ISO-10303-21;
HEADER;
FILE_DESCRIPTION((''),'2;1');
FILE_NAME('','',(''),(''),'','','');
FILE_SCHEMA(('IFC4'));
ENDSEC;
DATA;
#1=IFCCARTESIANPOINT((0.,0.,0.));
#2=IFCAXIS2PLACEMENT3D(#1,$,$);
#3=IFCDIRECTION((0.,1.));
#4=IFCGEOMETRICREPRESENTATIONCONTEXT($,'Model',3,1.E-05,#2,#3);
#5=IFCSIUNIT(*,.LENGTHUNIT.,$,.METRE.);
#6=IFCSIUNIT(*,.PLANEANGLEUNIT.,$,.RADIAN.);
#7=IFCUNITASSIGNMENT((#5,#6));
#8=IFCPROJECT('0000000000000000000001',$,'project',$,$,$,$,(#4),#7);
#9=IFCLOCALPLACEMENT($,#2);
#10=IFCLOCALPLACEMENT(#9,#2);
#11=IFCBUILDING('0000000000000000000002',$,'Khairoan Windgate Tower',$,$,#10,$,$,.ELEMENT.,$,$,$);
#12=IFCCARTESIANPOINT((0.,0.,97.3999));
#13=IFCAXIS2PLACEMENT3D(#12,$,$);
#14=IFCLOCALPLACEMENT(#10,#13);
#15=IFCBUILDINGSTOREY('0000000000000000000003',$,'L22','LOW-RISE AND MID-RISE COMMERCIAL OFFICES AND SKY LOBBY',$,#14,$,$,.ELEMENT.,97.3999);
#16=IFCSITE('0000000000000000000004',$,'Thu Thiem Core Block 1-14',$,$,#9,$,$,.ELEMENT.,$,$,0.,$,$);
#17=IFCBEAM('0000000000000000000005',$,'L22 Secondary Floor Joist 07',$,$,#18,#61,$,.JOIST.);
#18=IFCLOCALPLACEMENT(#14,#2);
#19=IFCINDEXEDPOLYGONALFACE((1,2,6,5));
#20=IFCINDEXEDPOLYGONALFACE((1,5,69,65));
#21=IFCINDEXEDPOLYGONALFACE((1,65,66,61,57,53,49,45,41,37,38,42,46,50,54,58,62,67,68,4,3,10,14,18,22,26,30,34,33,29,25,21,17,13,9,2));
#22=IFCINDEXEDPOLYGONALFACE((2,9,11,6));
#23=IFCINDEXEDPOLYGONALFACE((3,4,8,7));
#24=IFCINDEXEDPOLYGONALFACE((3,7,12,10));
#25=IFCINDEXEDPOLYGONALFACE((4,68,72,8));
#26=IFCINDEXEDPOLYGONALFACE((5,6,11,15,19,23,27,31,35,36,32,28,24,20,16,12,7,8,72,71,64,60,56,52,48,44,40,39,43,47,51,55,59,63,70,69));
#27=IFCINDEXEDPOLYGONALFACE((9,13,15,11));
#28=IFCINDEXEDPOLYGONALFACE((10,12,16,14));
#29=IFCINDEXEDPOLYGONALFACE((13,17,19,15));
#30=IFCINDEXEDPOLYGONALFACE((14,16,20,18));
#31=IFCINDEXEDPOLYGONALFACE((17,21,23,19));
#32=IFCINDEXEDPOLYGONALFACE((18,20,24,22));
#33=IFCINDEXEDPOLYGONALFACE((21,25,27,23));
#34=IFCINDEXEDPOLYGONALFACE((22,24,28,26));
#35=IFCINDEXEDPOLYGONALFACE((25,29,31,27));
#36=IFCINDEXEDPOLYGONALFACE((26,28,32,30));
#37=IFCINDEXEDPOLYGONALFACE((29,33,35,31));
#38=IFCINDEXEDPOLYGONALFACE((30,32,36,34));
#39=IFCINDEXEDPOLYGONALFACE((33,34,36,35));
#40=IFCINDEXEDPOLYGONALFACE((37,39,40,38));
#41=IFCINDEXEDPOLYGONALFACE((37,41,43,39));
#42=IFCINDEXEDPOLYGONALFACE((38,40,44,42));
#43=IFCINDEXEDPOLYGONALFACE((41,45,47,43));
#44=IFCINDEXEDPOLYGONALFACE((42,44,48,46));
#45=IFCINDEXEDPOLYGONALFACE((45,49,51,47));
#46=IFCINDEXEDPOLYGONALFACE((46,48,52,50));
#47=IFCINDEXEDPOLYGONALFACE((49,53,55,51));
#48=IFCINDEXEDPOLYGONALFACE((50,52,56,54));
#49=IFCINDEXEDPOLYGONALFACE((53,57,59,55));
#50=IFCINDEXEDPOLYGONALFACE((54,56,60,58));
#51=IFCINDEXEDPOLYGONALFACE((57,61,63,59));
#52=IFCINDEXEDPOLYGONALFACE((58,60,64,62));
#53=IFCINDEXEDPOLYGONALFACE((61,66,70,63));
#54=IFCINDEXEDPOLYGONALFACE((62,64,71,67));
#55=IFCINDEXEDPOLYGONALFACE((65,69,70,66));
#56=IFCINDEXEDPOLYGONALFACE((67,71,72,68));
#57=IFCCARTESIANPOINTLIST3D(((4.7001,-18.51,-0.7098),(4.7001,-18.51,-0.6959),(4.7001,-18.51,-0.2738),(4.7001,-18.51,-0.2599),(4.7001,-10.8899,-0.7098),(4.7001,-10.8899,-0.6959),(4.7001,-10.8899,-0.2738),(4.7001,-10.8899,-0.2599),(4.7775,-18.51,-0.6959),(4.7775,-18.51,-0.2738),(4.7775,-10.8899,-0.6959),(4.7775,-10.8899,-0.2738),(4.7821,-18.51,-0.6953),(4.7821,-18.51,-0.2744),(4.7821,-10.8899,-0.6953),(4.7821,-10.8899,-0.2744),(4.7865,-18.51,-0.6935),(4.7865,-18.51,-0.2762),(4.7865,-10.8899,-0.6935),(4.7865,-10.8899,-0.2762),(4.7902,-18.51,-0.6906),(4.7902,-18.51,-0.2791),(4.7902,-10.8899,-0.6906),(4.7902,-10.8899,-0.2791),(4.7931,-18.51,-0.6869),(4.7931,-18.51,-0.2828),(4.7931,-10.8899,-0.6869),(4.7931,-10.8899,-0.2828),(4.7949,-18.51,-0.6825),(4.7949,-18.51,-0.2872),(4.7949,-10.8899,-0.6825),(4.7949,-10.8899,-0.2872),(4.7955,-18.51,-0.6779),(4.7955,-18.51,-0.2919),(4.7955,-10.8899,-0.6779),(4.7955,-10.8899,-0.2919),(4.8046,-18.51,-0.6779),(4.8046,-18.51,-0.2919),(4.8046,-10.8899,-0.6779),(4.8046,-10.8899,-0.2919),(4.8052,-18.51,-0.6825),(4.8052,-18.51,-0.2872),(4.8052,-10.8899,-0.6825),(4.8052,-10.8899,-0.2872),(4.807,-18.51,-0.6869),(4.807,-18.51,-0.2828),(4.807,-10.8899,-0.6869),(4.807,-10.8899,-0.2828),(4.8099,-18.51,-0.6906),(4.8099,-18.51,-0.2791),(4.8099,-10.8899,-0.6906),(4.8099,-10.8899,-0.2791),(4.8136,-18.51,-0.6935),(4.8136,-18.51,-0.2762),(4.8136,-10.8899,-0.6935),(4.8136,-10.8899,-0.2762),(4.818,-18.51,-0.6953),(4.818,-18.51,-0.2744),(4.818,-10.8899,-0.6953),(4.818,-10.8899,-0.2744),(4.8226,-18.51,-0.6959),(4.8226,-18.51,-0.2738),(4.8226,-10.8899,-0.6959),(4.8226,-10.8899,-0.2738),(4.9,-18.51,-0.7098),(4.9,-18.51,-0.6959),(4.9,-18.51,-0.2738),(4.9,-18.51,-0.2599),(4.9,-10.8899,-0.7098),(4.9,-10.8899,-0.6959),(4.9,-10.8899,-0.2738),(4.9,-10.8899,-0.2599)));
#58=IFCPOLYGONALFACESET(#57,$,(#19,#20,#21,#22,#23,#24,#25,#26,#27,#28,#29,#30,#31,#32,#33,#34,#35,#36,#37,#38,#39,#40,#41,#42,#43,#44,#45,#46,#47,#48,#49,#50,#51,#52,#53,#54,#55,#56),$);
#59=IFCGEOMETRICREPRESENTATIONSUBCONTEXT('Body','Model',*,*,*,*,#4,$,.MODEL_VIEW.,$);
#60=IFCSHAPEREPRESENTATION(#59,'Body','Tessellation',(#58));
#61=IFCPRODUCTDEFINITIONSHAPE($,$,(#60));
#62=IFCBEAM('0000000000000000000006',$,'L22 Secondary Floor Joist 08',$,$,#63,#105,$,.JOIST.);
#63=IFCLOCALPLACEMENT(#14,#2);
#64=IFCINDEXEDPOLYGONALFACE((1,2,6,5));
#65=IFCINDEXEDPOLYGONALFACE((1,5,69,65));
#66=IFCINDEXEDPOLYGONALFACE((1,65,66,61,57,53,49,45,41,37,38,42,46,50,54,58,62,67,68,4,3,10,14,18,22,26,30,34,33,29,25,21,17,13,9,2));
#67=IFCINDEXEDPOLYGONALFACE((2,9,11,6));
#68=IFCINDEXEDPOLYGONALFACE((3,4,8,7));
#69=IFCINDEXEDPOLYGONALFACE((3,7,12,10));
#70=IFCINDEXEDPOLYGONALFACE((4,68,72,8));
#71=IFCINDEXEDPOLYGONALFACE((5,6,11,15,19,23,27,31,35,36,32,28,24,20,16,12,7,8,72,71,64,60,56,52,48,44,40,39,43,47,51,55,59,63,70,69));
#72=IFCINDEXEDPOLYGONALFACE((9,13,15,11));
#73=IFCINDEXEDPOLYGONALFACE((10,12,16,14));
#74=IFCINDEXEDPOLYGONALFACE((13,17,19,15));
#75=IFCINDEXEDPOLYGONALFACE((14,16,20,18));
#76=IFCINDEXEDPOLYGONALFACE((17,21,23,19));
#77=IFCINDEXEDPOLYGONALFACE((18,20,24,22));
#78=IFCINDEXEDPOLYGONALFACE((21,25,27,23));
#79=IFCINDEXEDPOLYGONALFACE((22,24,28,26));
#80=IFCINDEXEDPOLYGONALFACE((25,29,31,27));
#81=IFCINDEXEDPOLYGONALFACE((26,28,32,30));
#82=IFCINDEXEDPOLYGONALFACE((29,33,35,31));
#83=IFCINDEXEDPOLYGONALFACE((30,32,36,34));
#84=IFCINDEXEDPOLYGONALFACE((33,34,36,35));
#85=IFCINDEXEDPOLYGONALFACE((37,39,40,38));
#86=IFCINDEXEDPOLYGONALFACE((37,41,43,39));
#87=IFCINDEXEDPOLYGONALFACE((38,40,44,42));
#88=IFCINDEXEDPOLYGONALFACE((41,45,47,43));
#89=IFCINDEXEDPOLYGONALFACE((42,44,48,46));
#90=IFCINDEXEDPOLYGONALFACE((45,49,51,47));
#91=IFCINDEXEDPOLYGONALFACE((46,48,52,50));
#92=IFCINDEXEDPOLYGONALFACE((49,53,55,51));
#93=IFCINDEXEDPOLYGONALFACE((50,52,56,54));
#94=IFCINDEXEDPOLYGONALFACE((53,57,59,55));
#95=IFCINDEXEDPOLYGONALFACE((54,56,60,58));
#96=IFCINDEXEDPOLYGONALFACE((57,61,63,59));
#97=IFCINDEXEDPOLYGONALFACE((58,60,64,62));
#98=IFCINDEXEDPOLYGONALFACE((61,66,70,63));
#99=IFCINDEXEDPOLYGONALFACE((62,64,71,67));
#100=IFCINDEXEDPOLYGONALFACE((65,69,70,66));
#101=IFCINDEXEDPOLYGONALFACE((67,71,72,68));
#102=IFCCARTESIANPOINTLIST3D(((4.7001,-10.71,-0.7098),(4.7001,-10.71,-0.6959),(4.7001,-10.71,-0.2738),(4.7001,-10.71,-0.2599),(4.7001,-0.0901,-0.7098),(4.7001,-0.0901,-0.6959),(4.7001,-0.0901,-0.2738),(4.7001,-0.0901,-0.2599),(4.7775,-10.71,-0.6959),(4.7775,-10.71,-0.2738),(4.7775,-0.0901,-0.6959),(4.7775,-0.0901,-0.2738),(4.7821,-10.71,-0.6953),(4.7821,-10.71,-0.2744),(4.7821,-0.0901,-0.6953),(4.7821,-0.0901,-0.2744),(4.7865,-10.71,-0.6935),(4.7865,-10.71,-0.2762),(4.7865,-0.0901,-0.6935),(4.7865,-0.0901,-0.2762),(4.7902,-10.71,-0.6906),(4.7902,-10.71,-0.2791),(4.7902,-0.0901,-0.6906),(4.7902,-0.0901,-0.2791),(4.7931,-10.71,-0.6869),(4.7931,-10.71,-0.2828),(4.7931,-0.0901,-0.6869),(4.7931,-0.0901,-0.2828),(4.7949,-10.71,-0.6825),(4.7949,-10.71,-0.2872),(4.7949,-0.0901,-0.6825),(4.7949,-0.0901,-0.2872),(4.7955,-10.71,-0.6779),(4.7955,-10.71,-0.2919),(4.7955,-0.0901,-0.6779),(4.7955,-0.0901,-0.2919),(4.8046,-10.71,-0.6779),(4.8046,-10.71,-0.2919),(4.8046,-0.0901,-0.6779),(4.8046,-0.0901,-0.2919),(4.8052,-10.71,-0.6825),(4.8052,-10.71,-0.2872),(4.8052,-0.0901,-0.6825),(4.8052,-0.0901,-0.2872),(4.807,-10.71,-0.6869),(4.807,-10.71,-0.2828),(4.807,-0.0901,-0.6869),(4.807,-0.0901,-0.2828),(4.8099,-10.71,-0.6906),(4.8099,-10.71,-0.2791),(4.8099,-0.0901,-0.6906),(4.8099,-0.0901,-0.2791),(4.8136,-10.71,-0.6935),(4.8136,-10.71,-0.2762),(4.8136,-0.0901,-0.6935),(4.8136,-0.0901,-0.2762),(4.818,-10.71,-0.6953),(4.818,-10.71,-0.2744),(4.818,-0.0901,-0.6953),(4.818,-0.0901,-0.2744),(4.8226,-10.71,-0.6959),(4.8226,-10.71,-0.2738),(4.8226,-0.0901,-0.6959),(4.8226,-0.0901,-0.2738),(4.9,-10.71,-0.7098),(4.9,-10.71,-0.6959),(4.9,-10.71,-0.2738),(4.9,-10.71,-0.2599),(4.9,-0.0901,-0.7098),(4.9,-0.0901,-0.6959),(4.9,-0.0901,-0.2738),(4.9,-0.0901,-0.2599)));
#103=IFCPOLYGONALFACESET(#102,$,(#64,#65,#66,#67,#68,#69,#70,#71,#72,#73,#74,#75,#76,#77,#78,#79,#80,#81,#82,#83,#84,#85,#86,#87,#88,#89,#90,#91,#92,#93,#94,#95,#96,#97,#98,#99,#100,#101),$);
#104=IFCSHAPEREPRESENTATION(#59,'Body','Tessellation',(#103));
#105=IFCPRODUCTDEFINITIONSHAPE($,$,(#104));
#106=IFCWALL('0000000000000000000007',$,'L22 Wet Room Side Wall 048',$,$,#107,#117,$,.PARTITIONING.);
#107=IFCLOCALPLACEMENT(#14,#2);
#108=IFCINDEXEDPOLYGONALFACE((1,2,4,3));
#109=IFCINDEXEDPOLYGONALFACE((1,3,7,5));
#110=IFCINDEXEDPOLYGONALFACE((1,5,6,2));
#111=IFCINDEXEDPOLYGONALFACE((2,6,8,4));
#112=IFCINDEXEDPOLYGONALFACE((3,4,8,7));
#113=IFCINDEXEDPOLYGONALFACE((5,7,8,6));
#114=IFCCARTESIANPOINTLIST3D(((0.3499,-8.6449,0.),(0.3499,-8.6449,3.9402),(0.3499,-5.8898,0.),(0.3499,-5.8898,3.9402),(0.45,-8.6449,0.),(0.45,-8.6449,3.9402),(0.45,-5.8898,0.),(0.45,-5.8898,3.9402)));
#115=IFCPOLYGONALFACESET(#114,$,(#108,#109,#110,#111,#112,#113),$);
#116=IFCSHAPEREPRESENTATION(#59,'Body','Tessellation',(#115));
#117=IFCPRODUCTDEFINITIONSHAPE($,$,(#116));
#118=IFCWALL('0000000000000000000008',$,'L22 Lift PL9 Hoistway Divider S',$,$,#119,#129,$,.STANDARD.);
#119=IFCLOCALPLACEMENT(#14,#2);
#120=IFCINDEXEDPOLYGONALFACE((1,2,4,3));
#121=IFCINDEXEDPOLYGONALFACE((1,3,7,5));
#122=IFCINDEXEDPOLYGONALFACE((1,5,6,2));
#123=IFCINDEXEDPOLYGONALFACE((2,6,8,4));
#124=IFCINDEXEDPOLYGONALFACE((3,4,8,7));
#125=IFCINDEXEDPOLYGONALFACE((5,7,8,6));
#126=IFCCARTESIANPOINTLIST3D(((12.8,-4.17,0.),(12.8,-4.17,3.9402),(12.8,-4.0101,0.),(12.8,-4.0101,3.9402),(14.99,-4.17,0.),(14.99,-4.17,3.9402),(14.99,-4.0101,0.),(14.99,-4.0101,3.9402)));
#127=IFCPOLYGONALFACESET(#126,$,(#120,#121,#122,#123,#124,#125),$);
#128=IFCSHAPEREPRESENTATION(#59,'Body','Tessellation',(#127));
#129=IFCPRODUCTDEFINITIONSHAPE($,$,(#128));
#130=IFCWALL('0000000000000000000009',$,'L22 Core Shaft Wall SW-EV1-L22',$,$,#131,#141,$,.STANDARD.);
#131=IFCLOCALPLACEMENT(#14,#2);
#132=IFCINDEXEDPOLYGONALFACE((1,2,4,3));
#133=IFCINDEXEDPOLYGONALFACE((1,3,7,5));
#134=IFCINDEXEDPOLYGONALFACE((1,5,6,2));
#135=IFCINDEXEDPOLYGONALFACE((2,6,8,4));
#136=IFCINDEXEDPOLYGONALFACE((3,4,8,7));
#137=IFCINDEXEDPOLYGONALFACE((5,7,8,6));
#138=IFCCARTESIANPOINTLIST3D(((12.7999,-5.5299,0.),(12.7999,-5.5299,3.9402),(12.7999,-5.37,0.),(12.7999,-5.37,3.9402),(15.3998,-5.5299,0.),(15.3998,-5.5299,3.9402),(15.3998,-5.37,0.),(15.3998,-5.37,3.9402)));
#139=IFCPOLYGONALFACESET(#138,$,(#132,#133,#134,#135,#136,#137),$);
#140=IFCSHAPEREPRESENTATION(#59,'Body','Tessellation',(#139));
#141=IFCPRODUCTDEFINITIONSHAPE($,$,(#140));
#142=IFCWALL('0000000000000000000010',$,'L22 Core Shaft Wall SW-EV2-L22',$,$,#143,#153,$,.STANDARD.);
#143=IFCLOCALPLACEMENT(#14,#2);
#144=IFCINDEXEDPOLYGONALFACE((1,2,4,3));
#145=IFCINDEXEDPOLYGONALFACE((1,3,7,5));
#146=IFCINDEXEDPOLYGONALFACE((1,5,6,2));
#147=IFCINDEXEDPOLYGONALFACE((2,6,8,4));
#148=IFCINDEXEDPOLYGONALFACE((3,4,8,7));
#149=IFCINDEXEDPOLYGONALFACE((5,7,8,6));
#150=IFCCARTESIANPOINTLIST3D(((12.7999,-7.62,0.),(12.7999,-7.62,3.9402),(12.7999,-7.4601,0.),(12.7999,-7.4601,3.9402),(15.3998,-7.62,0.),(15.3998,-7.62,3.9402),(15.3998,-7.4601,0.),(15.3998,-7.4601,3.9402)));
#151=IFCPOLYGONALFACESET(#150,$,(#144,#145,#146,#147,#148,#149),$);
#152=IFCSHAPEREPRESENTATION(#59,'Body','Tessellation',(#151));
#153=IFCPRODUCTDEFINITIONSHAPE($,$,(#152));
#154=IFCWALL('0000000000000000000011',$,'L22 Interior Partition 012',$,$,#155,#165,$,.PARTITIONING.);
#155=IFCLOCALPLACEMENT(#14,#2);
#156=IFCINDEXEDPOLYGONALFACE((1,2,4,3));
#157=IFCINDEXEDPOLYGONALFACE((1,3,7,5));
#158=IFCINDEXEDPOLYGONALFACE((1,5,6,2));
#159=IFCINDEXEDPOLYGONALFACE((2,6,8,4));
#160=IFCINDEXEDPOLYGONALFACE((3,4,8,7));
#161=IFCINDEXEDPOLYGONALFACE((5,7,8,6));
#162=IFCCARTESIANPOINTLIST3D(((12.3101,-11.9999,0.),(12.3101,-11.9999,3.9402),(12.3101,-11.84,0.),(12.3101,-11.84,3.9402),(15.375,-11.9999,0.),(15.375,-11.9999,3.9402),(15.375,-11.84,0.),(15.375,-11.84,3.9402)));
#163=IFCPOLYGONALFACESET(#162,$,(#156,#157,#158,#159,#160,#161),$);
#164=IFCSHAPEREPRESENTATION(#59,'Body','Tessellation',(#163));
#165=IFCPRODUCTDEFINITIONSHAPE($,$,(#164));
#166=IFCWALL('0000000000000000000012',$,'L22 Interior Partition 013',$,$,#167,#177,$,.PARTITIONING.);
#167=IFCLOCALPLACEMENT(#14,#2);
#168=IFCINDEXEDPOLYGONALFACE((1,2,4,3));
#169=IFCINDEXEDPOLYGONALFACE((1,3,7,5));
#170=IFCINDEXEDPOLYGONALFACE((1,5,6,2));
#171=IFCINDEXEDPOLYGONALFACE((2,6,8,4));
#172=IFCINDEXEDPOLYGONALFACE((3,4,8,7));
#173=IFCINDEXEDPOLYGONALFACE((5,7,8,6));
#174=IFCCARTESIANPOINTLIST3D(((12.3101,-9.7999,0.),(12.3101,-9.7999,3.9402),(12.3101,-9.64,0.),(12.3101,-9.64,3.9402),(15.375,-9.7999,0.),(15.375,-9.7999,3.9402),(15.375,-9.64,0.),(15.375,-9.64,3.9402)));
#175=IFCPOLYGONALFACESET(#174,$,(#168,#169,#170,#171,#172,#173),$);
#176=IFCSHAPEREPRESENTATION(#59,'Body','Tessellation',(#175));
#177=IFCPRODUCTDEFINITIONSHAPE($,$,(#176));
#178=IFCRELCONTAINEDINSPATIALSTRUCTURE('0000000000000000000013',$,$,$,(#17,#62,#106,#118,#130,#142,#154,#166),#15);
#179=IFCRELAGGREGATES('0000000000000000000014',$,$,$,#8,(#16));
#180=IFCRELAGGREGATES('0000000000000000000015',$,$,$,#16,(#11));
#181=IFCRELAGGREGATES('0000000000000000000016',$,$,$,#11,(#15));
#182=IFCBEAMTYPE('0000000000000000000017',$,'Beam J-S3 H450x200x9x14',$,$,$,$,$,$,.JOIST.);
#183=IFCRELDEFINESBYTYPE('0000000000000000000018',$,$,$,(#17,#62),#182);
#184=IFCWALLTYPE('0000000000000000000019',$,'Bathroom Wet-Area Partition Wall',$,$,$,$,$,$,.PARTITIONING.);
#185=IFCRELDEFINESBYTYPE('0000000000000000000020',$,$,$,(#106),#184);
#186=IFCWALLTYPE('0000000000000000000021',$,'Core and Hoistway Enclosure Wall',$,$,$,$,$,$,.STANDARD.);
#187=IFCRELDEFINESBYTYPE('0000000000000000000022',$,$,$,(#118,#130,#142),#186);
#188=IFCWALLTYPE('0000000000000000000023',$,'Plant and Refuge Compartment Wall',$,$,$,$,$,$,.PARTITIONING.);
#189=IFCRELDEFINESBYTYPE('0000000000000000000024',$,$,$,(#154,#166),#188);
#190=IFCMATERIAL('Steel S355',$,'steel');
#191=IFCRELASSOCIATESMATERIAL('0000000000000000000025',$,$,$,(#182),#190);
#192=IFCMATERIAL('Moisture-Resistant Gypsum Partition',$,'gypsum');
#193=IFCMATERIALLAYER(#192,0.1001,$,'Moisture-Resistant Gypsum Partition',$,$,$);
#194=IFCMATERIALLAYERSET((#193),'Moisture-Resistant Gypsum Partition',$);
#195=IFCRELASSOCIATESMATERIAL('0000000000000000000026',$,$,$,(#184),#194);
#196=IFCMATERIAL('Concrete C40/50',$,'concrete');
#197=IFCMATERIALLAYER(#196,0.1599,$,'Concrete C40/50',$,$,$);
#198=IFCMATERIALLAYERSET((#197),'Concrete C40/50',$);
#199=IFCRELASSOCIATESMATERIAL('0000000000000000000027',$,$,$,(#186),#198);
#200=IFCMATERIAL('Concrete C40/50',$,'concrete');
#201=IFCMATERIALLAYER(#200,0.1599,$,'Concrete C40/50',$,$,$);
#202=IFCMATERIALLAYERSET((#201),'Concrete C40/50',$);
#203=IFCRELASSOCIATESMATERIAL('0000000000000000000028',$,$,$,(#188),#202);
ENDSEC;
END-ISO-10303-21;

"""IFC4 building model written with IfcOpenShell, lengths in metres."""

from ifc_helpers import new_model, si_unit, direction, frame, frame_2d, origin, origin_2d, place, context, subcontext, project, spatial, rectangle, i_section, extrude, material, layer, layer_set, material_profile, profile_set, type_object, element, save


model = new_model("IFC4")

# Units and contexts
model_context = context("Model", 3, precision=1e-05, world=origin(), true_north=direction((0.0, 1.0)))
body_context = subcontext(model_context, "Body", "Model", "MODEL_VIEW")
ifc_project = project(units=[si_unit("LENGTHUNIT", "METRE"), si_unit("PLANEANGLEUNIT", "RADIAN")], contexts=[model_context])

# Site, building, storey
site_placement = place(None, origin())
site = spatial("IfcSite", under=ifc_project, at=site_placement, Name="Thu Thiem Core Block 1-14", CompositionType="ELEMENT", RefElevation=0.0)
building_placement = place(site_placement, origin())
building = spatial("IfcBuilding", under=site, at=building_placement, Name="Khairoan Windgate Tower", CompositionType="ELEMENT")
storey_placement = place(building_placement, frame((0.0, 0.0, 97.3999)))
storey = spatial("IfcBuildingStorey", under=building, at=storey_placement, Name="L22", Description="LOW-RISE AND MID-RISE COMMERCIAL OFFICES AND SKY LOBBY", CompositionType="ELEMENT", Elevation=97.3999)

# Beams
ifc_material_1 = material(Name="Steel S355", Category="steel")
ifc_material_profile_1 = material_profile(ifc_material_1, i_section(OverallWidth=0.2, OverallDepth=0.45, WebThickness=0.009, FlangeThickness=0.0139, FilletRadius=0.0181, at=origin_2d()))
ifc_profile_set_1 = profile_set([ifc_material_profile_1], Name="Steel S355")
beam_type_1 = type_object("IfcBeamType", Name="Beam J-S3 H450x200x9x14", PredefinedType="JOIST", material=ifc_profile_set_1)
beam_1_placement = place(storey_placement, frame((4.8, -18.51, -0.4849), z_axis=(0.0, 1.0, 0.0), x_axis=(-1.0, 0.0, 0.0)))
element("IfcBeam", 1, at=beam_1_placement, inside=storey, type_object=beam_type_1, Name="L22 Secondary Floor Joist 07", PredefinedType="JOIST", context=body_context, shape_type="SweptSolid", body=[
    extrude(i_section(OverallWidth=0.2, OverallDepth=0.45, WebThickness=0.009, FlangeThickness=0.0139, FilletRadius=0.0181, at=origin_2d()), origin(), (0.0, 0.0, 1.0), 7.6201),
])
beam_2_placement = place(storey_placement, frame((4.8, -10.71, -0.4849), z_axis=(0.0, 1.0, 0.0), x_axis=(-1.0, 0.0, 0.0)))
element("IfcBeam", 2, at=beam_2_placement, inside=storey, type_object=beam_type_1, Name="L22 Secondary Floor Joist 08", PredefinedType="JOIST", context=body_context, shape_type="SweptSolid", body=[
    extrude(i_section(OverallWidth=0.2, OverallDepth=0.45, WebThickness=0.009, FlangeThickness=0.0139, FilletRadius=0.0181, at=origin_2d()), origin(), (0.0, 0.0, 1.0), 10.6199),
])

# Walls
ifc_material_2 = material(Name="Moisture-Resistant Gypsum Partition", Category="gypsum")
ifc_layer_1 = layer(ifc_material_2, 0.1001, Name="Moisture-Resistant Gypsum Partition")
ifc_layer_set_1 = layer_set([ifc_layer_1], Name="Moisture-Resistant Gypsum Partition")
wall_type_1 = type_object("IfcWallType", Name="Bathroom Wet-Area Partition Wall", PredefinedType="PARTITIONING", material=ifc_layer_set_1)
wall_1_placement = place(storey_placement, frame((0.3999, -5.8899, 0.0), z_axis=(0.0, 0.0, 1.0), x_axis=(0.0, -1.0, 0.0)))
element("IfcWall", 3, at=wall_1_placement, inside=storey, type_object=wall_type_1, Name="L22 Wet Room Side Wall 048", PredefinedType="PARTITIONING", context=body_context, shape_type="SweptSolid", body=[
    extrude(rectangle(XDim=2.7551, YDim=0.1001, at=frame_2d((1.3774, 0.0))), origin(), (0.0, 0.0, 1.0), 3.9402),
])
ifc_material_3 = material(Name="Concrete C40/50", Category="concrete")
ifc_layer_2 = layer(ifc_material_3, 0.1599, Name="Concrete C40/50")
ifc_layer_set_2 = layer_set([ifc_layer_2], Name="Concrete C40/50")
wall_type_2 = type_object("IfcWallType", Name="Core and Hoistway Enclosure Wall", PredefinedType="STANDARD", material=ifc_layer_set_2)
wall_2_placement = place(storey_placement, frame((12.8, -4.0901, 0.0), z_axis=(0.0, 0.0, 1.0), x_axis=(1.0, 0.0, 0.0)))
element("IfcWall", 4, at=wall_2_placement, inside=storey, type_object=wall_type_2, Name="L22 Lift PL9 Hoistway Divider S", PredefinedType="STANDARD", context=body_context, shape_type="SweptSolid", body=[
    extrude(rectangle(XDim=2.1899, YDim=0.1599, at=frame_2d((1.095, 0.0))), origin(), (0.0, 0.0, 1.0), 3.9402),
])
for number, where, z_axis, x_axis, name in (
    (5, (12.8, -5.45, 0.0), (0.0, 0.0, 1.0), (1.0, 0.0, 0.0), "L22 Core Shaft Wall SW-EV1-L22"),
    (6, (12.8, -7.54, 0.0), (0.0, 0.0, 1.0), (1.0, 0.0, 0.0), "L22 Core Shaft Wall SW-EV2-L22"),
):
    element("IfcWall", number, at=place(storey_placement, frame(where, z_axis=z_axis, x_axis=x_axis)), inside=storey, type_object=wall_type_2, Name=name, PredefinedType="STANDARD", context=body_context, shape_type="SweptSolid", body=[
        extrude(rectangle(XDim=2.5999, YDim=0.1599, at=frame_2d((1.2998, 0.0))), origin(), (0.0, 0.0, 1.0), 3.9402),
    ])
ifc_material_4 = material(Name="Concrete C40/50", Category="concrete")
ifc_layer_3 = layer(ifc_material_4, 0.1599, Name="Concrete C40/50")
ifc_layer_set_3 = layer_set([ifc_layer_3], Name="Concrete C40/50")
wall_type_3 = type_object("IfcWallType", Name="Plant and Refuge Compartment Wall", PredefinedType="PARTITIONING", material=ifc_layer_set_3)
for number, where, z_axis, x_axis, name in (
    (7, (12.3101, -11.9199, 0.0), (0.0, 0.0, 1.0), (1.0, 0.0, 0.0), "L22 Interior Partition 012"),
    (8, (12.3101, -9.72, 0.0), (0.0, 0.0, 1.0), (1.0, 0.0, 0.0), "L22 Interior Partition 013"),
):
    element("IfcWall", number, at=place(storey_placement, frame(where, z_axis=z_axis, x_axis=x_axis)), inside=storey, type_object=wall_type_3, Name=name, PredefinedType="PARTITIONING", context=body_context, shape_type="SweptSolid", body=[
        extrude(rectangle(XDim=3.0649, YDim=0.1599, at=frame_2d((1.5325, 0.0))), origin(), (0.0, 0.0, 1.0), 3.9402),
    ])

save(model, "model.ifc")
